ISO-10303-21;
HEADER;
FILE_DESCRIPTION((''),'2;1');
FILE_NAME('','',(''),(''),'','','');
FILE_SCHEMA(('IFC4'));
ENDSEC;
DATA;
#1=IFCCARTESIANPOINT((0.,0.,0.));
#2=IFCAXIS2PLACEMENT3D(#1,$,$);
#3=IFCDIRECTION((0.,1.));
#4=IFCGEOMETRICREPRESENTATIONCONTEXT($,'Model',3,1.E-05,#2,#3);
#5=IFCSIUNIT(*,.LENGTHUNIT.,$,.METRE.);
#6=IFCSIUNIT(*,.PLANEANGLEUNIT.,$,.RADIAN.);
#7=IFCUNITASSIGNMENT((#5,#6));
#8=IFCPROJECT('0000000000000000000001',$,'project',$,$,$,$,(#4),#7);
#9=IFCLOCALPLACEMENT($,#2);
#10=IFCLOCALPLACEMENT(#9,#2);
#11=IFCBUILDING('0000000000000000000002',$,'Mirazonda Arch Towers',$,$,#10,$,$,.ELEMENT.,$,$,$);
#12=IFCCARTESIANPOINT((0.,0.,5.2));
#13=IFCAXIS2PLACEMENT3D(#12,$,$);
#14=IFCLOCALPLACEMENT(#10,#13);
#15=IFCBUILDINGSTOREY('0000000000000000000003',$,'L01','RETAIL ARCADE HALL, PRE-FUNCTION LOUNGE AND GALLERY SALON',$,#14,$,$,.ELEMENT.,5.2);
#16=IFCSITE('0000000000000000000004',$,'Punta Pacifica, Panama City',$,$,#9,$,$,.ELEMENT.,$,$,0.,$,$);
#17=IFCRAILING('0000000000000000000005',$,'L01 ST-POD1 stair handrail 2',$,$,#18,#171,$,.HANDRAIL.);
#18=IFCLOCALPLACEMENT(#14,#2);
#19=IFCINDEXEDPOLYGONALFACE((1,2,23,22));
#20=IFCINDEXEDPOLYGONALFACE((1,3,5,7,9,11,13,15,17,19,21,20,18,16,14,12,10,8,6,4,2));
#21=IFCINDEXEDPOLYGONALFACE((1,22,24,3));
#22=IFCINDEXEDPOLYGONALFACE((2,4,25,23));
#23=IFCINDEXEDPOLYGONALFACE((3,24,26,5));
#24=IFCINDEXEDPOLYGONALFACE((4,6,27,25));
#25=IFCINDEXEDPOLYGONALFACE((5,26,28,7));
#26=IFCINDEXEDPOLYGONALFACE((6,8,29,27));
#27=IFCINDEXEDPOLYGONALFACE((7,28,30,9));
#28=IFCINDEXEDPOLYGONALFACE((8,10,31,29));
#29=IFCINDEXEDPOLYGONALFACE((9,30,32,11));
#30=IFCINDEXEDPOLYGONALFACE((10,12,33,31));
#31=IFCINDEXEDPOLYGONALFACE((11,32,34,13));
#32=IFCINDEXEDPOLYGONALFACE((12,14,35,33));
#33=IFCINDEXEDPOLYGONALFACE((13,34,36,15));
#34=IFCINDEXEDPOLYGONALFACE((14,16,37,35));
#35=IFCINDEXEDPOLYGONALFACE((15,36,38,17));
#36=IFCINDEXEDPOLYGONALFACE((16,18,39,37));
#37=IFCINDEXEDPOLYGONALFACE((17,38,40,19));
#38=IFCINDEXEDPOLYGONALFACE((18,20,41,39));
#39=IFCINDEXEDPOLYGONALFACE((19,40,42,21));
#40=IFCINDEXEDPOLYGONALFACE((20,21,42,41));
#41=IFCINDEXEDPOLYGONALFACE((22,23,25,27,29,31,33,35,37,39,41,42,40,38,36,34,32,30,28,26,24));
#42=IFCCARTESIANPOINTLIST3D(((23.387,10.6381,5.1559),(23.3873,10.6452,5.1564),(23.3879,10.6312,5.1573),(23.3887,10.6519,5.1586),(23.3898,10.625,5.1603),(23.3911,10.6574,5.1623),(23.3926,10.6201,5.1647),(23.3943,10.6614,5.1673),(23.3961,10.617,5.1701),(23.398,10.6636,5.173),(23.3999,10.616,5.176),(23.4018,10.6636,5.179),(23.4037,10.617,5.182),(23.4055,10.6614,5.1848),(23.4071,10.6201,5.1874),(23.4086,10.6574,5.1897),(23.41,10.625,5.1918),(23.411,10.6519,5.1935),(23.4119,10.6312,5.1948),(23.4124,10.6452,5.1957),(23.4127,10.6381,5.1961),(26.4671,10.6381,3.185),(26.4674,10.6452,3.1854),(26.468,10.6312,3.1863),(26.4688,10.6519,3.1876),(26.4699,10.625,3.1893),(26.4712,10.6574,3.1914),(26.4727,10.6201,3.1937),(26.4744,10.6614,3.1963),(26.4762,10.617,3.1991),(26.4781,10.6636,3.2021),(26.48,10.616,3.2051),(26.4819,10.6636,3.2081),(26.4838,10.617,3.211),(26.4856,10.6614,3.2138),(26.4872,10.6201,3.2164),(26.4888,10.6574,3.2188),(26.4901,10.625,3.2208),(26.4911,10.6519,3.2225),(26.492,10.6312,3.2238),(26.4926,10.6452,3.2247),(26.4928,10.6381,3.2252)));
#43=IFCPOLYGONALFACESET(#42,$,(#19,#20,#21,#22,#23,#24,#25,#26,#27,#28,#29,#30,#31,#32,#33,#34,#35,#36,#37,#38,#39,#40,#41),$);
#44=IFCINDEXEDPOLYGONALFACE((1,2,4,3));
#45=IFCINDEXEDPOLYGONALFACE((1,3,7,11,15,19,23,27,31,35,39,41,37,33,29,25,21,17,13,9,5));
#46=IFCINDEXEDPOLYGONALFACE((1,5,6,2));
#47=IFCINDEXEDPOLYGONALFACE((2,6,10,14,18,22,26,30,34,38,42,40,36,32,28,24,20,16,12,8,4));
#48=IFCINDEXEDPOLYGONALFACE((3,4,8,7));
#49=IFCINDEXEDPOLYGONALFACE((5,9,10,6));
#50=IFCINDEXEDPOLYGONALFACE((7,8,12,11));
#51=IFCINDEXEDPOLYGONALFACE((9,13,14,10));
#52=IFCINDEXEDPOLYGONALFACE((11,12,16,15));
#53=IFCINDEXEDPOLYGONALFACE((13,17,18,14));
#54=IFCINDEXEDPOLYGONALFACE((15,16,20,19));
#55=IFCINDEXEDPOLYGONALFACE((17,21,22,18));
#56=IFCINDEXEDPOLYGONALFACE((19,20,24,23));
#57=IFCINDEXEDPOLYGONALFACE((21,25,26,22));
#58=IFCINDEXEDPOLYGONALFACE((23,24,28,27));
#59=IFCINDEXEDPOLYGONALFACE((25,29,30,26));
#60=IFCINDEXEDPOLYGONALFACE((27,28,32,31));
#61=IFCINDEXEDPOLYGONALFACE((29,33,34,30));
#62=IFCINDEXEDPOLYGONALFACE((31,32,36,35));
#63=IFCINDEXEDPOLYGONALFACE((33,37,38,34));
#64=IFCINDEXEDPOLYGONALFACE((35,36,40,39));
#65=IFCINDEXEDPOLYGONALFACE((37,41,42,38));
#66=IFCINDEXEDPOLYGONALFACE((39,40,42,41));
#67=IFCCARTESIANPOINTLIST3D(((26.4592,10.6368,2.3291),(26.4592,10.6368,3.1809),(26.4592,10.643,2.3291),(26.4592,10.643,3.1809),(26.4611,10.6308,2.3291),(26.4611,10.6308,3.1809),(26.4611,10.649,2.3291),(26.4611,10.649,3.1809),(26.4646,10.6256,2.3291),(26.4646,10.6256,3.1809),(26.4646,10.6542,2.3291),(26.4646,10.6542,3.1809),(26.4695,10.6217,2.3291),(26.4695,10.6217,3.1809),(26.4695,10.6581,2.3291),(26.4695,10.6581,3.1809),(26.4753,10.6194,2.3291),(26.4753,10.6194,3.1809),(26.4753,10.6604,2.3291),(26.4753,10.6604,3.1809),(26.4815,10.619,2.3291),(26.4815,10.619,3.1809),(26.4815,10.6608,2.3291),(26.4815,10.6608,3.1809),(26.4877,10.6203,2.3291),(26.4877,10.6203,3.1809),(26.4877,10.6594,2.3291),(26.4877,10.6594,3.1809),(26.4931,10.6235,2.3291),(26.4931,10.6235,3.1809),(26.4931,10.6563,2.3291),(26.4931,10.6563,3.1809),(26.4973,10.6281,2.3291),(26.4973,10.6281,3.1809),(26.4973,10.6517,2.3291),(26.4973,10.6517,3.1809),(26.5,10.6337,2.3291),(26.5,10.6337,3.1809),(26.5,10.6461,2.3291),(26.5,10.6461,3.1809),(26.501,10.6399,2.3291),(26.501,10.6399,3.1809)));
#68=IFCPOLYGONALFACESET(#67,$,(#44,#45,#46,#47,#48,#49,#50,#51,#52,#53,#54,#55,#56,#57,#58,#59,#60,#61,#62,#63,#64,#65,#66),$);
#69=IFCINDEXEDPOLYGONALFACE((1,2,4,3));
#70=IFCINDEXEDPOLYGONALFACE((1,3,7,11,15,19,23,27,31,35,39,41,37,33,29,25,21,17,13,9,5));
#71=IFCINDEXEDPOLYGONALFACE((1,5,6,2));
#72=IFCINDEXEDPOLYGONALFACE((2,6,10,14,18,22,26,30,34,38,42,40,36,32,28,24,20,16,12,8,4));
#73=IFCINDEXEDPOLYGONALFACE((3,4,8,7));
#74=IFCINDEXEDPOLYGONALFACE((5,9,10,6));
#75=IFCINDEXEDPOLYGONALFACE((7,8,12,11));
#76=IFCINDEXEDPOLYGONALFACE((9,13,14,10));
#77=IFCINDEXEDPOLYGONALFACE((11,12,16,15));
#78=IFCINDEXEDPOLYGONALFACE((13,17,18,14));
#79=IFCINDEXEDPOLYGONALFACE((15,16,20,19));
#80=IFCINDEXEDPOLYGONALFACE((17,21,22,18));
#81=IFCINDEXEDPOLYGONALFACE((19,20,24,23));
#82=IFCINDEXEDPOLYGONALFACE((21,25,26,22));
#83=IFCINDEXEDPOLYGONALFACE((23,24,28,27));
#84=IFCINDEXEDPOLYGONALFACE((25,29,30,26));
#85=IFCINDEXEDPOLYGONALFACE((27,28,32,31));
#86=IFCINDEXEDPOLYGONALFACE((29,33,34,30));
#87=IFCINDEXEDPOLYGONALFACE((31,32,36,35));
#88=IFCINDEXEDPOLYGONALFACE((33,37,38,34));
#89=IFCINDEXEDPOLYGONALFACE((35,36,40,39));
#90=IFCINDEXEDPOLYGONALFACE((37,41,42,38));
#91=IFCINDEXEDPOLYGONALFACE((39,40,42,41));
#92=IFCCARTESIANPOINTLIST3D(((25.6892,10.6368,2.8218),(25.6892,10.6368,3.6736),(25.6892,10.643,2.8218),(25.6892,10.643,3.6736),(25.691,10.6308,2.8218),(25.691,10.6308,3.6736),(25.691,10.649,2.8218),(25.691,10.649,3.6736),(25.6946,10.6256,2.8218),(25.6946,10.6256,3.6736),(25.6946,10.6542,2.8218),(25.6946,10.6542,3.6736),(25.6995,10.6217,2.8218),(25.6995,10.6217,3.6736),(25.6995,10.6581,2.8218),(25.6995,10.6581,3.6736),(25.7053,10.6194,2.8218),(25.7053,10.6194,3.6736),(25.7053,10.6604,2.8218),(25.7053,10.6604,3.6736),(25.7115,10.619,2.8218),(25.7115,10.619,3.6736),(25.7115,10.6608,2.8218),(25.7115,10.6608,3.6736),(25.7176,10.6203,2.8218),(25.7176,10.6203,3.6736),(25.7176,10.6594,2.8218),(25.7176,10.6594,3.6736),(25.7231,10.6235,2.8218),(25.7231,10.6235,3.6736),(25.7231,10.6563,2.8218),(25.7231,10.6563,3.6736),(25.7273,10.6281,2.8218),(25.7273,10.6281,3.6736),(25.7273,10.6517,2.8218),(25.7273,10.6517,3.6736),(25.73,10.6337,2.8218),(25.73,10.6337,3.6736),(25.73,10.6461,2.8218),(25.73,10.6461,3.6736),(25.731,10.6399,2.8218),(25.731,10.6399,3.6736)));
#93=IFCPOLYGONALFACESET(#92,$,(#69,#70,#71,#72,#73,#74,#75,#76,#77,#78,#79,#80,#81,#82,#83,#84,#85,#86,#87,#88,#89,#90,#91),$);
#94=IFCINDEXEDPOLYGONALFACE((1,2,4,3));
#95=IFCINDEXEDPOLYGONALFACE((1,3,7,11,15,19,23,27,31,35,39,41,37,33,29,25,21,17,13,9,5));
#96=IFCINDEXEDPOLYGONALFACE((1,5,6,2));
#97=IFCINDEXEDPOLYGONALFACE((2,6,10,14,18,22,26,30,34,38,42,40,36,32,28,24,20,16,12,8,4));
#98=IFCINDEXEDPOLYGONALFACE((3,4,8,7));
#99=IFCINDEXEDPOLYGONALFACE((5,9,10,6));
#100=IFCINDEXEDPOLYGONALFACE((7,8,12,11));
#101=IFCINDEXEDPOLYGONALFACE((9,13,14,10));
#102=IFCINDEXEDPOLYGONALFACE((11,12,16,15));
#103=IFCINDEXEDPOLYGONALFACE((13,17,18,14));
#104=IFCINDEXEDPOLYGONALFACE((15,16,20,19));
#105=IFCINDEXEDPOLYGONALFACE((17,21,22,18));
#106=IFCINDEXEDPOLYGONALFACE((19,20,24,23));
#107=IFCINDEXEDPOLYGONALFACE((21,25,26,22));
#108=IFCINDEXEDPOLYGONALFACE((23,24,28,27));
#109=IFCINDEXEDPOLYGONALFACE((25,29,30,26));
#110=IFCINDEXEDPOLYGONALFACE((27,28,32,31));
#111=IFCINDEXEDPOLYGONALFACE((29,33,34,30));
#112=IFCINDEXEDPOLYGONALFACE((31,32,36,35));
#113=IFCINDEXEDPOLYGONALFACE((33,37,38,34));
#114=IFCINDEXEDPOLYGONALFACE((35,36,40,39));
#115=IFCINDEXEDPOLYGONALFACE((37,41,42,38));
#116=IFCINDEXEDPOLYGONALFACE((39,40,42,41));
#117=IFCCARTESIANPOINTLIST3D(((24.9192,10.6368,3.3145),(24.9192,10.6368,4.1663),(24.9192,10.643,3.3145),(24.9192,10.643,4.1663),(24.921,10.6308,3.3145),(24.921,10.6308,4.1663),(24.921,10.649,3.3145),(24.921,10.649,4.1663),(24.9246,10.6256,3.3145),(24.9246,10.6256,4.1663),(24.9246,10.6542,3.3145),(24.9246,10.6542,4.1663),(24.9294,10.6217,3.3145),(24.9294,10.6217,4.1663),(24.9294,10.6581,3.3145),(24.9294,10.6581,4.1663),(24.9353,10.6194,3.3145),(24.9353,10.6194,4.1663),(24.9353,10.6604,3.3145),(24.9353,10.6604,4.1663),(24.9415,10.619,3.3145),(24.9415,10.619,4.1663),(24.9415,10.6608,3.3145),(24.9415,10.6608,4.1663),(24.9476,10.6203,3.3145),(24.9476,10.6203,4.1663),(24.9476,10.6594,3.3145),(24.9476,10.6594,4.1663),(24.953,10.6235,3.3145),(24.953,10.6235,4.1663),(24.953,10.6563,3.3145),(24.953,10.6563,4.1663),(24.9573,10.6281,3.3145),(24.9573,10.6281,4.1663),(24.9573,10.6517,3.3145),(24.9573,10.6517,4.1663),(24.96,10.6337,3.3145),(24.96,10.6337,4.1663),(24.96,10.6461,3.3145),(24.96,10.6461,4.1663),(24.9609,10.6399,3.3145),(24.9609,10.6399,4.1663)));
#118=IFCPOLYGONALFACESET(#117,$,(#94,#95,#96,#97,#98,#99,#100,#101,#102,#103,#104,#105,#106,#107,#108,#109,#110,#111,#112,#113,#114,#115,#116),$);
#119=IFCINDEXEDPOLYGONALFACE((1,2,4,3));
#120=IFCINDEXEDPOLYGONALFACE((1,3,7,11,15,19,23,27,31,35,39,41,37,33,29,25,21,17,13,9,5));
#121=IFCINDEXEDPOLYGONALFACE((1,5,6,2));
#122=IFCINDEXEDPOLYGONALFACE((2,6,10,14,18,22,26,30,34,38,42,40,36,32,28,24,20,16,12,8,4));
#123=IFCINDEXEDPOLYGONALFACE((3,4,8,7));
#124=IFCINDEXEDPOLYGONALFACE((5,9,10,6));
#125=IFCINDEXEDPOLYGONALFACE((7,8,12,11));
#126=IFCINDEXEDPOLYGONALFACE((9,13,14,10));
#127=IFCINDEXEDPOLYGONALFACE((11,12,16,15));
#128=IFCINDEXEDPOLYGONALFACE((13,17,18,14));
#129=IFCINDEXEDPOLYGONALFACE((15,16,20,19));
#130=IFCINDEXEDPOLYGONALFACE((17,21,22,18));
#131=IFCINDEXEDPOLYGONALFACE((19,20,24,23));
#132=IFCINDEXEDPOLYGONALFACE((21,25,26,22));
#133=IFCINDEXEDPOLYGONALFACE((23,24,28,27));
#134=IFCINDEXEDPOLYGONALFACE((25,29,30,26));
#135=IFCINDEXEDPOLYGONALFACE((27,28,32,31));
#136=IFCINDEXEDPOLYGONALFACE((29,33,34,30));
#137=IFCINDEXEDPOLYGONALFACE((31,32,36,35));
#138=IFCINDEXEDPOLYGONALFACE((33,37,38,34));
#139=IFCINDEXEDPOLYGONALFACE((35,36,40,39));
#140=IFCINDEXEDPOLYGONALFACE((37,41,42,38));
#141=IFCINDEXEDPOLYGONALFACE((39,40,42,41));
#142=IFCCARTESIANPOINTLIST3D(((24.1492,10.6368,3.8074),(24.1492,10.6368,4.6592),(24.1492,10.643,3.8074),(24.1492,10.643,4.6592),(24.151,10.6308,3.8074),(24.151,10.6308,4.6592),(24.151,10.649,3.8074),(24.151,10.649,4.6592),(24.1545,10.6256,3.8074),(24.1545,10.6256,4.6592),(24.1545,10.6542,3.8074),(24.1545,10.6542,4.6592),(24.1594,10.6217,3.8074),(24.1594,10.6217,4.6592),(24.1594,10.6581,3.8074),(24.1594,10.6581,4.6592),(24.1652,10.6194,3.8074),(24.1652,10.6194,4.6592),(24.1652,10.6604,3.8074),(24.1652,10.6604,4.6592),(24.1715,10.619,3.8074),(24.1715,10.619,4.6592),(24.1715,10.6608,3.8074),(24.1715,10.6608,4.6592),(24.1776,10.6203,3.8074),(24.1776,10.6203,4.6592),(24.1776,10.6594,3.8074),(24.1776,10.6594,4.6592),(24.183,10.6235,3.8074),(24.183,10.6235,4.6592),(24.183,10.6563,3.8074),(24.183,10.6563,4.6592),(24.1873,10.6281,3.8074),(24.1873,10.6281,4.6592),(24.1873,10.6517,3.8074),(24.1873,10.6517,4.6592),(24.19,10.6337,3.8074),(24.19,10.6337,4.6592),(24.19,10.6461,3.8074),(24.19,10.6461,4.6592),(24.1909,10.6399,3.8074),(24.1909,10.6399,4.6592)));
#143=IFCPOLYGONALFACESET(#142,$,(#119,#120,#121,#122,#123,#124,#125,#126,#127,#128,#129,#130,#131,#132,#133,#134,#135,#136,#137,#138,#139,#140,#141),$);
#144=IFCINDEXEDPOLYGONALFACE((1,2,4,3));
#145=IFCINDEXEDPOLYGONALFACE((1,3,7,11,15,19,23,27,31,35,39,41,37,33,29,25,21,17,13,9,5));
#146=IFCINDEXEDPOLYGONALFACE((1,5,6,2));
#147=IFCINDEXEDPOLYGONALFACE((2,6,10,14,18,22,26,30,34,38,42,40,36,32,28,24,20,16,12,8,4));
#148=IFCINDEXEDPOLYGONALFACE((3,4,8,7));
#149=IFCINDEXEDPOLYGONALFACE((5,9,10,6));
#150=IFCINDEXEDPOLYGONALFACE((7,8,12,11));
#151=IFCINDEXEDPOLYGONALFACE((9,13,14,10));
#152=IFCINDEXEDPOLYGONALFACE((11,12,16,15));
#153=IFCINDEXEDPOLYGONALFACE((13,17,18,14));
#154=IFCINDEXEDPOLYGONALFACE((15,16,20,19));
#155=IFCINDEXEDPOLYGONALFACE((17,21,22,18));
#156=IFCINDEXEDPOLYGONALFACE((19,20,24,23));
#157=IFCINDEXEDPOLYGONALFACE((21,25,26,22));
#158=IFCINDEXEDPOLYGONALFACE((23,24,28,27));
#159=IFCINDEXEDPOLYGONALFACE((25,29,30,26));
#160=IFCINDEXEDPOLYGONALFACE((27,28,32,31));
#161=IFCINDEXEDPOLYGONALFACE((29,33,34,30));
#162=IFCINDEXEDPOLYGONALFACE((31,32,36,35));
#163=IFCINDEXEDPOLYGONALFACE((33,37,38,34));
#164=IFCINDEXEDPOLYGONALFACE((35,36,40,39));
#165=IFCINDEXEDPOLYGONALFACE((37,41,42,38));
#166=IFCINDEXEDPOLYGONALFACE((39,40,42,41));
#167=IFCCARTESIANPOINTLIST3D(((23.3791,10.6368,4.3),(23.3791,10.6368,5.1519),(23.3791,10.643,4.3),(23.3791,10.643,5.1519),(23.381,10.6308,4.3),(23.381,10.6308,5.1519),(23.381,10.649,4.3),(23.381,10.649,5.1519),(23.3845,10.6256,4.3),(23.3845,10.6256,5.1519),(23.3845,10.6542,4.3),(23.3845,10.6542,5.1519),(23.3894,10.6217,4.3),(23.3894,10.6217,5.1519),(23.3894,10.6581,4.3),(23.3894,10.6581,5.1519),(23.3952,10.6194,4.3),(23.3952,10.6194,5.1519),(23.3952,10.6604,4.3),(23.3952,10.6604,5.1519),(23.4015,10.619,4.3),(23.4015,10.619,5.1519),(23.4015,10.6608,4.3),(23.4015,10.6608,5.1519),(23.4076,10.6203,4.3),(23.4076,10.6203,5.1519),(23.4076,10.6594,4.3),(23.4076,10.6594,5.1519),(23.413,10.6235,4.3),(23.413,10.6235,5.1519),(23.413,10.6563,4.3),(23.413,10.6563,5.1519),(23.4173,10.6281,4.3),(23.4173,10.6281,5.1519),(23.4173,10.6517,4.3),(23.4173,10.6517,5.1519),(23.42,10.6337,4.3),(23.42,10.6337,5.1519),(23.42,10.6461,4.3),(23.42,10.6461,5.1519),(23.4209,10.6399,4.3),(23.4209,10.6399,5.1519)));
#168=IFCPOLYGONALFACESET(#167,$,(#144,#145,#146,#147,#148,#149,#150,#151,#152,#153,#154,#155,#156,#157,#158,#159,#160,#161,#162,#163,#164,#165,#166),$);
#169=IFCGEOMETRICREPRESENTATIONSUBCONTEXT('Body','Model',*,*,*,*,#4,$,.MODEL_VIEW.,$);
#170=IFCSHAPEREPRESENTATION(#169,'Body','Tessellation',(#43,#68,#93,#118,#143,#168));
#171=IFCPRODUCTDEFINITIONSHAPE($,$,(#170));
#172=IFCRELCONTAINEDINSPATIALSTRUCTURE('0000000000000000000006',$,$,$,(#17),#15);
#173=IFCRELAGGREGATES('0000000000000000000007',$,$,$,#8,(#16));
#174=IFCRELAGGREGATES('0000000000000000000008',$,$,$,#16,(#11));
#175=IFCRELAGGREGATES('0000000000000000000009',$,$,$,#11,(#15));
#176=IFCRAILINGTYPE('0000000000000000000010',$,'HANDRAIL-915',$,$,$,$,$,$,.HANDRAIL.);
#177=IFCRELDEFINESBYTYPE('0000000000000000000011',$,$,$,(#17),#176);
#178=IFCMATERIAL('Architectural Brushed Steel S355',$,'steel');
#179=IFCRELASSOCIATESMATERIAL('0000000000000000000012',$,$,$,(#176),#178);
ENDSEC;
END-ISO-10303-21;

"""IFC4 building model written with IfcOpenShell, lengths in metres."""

from ifc_helpers import new_model, si_unit, direction, frame, origin, origin_2d, place, context, subcontext, project, spatial, circle, extrude, material, type_object, element, save


model = new_model("IFC4")

# Units and contexts
model_context = context("Model", 3, precision=1e-05, world=origin(), true_north=direction((0.0, 1.0)))
body_context = subcontext(model_context, "Body", "Model", "MODEL_VIEW")
ifc_project = project(units=[si_unit("LENGTHUNIT", "METRE"), si_unit("PLANEANGLEUNIT", "RADIAN")], contexts=[model_context])

# Site, building, storey
site_placement = place(None, origin())
site = spatial("IfcSite", under=ifc_project, at=site_placement, Name="Punta Pacifica, Panama City", CompositionType="ELEMENT", RefElevation=0.0)
building_placement = place(site_placement, origin())
building = spatial("IfcBuilding", under=site, at=building_placement, Name="Mirazonda Arch Towers", CompositionType="ELEMENT")
storey_placement = place(building_placement, frame((0.0, 0.0, 5.2)))
storey = spatial("IfcBuildingStorey", under=building, at=storey_placement, Name="L01", Description="RETAIL ARCADE HALL, PRE-FUNCTION LOUNGE AND GALLERY SALON", CompositionType="ELEMENT", Elevation=5.2)

# Railing
ifc_material_1 = material(Name="Architectural Brushed Steel S355", Category="steel")
railing_type = type_object("IfcRailingType", Name="HANDRAIL-915", PredefinedType="HANDRAIL", material=ifc_material_1)
railing_placement = place(storey_placement, frame((26.48, 10.6399, 2.3291)))
element("IfcRailing", 1, at=railing_placement, inside=storey, type_object=railing_type, Name="L01 ST-POD1 stair handrail 2", PredefinedType="HANDRAIL", context=body_context, shape_type="SweptSolid", body=[
    extrude(circle(Radius=0.0239, at=origin_2d()), frame((0.0, 0.0, 0.876), z_axis=(-0.842309, 0.0, 0.538995), x_axis=(0.0, -1.0, 0.0)), (0.0, 0.0, 1.0), 3.6567),
    extrude(circle(Radius=0.021, at=origin_2d()), origin(), (0.0, 0.0, 1.0), 0.8518),
    extrude(circle(Radius=0.021, at=origin_2d()), frame((-0.77, 0.0, 0.4927)), (0.0, 0.0, 1.0), 0.8518),
    extrude(circle(Radius=0.021, at=origin_2d()), frame((-1.54, 0.0, 0.9854)), (0.0, 0.0, 1.0), 0.8518),
    extrude(circle(Radius=0.021, at=origin_2d()), frame((-2.3101, 0.0, 1.4783)), (0.0, 0.0, 1.0), 0.8518),
    extrude(circle(Radius=0.021, at=origin_2d()), frame((-3.0801, 0.0, 1.9709)), (0.0, 0.0, 1.0), 0.8518),
])

save(model, "model.ifc")
